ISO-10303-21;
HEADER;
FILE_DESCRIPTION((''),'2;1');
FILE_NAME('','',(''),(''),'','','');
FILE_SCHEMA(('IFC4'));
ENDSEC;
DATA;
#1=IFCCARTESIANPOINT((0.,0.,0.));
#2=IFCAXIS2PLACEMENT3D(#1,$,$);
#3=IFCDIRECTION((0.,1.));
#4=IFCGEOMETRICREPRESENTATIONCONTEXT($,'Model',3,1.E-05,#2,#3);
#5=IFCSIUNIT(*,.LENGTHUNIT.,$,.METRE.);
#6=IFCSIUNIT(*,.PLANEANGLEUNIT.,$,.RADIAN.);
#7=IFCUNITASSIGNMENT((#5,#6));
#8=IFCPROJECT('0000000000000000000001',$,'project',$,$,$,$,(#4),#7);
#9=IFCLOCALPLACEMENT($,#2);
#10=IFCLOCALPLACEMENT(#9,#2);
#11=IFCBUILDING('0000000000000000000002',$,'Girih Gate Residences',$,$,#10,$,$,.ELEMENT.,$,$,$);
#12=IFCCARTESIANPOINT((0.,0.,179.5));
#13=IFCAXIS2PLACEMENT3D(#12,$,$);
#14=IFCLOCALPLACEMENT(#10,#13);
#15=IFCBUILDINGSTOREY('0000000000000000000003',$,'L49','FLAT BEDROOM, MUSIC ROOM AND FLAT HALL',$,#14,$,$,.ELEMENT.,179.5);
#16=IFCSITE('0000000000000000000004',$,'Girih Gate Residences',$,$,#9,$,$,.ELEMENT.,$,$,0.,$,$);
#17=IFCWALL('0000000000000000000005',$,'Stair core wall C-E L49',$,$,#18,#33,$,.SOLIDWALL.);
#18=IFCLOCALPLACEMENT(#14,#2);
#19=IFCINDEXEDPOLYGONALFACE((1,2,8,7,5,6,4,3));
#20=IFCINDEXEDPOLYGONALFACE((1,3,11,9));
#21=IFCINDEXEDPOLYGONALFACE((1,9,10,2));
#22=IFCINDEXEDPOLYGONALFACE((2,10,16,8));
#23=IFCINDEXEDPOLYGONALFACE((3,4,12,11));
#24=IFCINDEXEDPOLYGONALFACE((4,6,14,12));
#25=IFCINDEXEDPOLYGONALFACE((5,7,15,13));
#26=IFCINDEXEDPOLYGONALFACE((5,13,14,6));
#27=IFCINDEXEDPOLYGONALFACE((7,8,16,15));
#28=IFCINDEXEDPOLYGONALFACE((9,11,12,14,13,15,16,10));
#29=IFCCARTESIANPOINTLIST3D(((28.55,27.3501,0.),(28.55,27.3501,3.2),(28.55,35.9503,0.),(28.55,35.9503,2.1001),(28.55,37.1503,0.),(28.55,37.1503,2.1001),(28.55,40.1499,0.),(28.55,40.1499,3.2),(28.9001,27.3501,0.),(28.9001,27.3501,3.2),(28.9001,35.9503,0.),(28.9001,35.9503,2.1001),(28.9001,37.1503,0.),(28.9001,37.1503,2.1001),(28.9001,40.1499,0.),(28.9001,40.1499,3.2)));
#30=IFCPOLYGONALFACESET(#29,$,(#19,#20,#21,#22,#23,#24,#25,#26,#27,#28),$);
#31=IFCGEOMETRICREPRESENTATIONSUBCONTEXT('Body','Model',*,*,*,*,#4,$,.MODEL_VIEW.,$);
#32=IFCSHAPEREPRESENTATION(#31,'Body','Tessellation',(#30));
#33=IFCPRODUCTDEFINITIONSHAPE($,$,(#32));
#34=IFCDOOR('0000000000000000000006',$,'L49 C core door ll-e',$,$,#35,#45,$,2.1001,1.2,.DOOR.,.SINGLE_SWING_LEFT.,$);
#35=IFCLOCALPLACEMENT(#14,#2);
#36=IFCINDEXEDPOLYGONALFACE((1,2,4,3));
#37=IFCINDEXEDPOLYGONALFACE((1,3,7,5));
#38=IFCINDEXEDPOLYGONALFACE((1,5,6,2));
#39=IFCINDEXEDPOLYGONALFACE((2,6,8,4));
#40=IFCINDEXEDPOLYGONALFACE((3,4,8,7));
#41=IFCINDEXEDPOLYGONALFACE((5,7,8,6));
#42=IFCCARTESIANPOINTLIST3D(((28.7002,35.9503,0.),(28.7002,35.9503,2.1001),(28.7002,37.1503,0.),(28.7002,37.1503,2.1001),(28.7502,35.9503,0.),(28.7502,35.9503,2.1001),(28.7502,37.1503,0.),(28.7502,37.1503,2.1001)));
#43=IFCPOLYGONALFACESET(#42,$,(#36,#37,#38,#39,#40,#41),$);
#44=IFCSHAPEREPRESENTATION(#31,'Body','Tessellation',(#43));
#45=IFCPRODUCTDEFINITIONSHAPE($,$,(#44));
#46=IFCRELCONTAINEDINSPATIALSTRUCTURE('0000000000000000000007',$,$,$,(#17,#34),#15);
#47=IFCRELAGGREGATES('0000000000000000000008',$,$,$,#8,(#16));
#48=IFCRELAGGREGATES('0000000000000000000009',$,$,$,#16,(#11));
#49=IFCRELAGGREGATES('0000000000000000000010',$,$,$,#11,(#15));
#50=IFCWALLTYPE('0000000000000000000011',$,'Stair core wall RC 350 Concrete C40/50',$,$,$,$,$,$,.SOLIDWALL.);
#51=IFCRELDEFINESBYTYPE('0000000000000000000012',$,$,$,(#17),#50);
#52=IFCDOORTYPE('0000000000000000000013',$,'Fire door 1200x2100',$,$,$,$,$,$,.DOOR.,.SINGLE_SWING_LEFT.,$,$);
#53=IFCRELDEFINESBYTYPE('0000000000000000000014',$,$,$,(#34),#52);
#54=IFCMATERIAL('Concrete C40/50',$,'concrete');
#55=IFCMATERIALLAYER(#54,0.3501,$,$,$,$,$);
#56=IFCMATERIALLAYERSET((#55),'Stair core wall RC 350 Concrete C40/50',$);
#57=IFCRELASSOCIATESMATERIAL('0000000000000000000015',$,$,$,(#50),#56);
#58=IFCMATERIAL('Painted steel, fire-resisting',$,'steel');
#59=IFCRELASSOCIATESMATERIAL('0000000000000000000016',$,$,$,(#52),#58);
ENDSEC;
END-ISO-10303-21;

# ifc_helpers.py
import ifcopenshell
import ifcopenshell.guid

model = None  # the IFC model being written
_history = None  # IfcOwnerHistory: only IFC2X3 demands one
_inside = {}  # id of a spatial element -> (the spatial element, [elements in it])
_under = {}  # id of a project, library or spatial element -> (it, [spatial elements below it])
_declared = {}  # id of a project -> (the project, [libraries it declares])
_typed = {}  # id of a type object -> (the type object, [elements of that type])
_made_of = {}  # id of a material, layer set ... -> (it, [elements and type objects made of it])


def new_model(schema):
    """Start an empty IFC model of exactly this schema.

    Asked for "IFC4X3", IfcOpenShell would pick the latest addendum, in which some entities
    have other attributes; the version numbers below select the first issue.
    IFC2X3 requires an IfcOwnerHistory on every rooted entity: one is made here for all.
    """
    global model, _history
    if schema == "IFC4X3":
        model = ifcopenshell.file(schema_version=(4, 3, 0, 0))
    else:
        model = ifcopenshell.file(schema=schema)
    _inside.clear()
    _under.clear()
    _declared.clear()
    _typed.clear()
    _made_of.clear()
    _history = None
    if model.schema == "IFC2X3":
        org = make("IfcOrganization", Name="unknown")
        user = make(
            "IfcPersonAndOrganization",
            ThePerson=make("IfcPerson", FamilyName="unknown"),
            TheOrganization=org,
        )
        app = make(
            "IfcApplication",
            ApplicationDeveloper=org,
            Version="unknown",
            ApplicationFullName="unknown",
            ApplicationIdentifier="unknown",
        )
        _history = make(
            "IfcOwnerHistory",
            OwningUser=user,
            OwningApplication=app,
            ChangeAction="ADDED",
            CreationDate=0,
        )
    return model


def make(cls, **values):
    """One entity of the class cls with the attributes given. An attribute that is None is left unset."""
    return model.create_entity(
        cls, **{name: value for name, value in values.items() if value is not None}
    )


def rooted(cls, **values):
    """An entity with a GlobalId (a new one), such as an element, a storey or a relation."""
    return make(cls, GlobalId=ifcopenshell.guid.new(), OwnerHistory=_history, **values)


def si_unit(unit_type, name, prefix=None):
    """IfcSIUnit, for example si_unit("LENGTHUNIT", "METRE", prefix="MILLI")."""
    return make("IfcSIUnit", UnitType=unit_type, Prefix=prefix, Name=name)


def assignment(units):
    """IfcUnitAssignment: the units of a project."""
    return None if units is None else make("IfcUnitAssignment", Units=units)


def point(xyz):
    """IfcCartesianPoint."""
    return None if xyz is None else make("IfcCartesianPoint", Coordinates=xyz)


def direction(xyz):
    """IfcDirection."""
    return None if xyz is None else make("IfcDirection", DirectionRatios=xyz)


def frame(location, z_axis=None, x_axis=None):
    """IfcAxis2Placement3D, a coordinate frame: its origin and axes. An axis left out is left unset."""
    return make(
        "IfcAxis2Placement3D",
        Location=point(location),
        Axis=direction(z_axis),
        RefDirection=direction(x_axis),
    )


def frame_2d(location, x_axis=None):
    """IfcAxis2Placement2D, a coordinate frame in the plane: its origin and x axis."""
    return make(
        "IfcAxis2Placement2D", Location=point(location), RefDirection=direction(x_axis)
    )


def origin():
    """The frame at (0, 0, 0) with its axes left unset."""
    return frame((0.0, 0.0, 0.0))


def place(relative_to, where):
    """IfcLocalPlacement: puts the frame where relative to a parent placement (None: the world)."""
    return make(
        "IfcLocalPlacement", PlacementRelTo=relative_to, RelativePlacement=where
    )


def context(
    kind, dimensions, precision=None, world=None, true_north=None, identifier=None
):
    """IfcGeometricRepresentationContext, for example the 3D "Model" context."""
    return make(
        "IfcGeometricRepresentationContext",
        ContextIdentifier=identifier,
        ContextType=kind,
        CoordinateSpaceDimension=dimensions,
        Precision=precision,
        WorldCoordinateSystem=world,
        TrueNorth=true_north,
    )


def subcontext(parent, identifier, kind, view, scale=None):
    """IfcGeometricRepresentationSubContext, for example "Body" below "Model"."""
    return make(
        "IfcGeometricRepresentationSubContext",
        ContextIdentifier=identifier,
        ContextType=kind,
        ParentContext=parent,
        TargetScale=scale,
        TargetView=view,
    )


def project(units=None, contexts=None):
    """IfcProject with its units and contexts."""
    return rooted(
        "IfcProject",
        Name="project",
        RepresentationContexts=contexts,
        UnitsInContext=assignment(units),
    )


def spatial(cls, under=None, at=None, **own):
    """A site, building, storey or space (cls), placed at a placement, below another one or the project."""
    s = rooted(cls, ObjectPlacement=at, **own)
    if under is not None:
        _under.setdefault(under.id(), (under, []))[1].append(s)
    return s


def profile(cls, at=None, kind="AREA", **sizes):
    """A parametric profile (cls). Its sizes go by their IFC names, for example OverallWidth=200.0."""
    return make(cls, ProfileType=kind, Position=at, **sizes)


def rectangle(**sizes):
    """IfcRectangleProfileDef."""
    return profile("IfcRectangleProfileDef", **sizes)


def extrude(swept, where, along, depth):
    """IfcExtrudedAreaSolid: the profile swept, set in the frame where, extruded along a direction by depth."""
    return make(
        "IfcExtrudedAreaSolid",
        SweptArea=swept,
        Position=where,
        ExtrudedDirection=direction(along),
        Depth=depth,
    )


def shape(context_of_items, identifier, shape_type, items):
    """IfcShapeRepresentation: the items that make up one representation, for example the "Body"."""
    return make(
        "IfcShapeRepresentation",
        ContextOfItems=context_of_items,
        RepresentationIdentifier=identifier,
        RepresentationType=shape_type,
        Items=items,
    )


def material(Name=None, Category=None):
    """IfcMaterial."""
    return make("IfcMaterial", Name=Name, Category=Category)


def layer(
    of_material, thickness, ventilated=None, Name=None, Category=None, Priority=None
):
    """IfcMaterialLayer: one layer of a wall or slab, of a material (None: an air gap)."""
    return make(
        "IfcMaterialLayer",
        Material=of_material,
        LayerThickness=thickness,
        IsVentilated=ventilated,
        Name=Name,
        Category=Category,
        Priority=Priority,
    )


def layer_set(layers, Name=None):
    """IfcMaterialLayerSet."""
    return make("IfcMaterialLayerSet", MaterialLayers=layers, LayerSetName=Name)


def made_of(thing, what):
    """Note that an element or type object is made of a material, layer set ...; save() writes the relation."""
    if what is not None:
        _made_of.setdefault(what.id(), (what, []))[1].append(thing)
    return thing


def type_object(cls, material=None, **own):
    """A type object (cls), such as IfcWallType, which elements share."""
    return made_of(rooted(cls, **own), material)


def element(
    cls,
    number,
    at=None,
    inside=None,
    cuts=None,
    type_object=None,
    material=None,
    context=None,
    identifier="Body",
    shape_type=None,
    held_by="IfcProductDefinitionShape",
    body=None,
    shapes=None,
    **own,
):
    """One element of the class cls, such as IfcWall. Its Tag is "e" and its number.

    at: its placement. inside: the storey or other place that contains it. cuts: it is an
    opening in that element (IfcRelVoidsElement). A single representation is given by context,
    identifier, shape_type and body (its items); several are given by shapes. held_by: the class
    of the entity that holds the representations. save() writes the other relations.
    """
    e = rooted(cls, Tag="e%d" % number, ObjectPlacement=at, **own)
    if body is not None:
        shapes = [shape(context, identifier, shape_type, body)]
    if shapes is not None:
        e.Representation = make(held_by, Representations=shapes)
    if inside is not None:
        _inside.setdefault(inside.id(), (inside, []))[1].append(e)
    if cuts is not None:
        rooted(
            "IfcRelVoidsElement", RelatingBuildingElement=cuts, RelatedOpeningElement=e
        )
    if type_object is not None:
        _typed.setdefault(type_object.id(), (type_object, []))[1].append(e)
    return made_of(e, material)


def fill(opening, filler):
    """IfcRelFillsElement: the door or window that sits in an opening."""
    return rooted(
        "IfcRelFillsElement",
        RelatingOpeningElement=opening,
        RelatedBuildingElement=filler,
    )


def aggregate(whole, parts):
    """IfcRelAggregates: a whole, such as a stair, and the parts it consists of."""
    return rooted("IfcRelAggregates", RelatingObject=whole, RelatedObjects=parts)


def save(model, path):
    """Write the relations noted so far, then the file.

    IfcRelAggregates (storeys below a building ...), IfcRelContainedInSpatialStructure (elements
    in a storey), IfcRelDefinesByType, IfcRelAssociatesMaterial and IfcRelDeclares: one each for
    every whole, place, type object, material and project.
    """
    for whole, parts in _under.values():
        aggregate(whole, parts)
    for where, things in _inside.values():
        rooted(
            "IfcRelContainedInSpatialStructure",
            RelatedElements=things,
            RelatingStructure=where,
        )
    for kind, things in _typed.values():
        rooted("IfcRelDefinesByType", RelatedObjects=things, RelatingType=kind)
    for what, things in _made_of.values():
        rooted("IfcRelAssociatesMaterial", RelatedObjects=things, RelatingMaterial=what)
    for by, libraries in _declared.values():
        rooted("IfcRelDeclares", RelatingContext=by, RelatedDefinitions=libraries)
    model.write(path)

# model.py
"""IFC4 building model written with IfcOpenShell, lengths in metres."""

from ifc_helpers import new_model, si_unit, direction, frame, frame_2d, origin, place, context, subcontext, project, spatial, rectangle, extrude, material, layer, layer_set, type_object, element, fill, save


model = new_model("IFC4")

# Units and contexts
model_context = context("Model", 3, precision=1e-05, world=origin(), true_north=direction((0.0, 1.0)))
body_context = subcontext(model_context, "Body", "Model", "MODEL_VIEW")
ifc_project = project(units=[si_unit("LENGTHUNIT", "METRE"), si_unit("PLANEANGLEUNIT", "RADIAN")], contexts=[model_context])

# Site, building, storey
site_placement = place(None, origin())
site = spatial("IfcSite", under=ifc_project, at=site_placement, Name="Girih Gate Residences", CompositionType="ELEMENT", RefElevation=0.0)
building_placement = place(site_placement, origin())
building = spatial("IfcBuilding", under=site, at=building_placement, Name="Girih Gate Residences", CompositionType="ELEMENT")
storey_placement = place(building_placement, frame((0.0, 0.0, 179.5)))
storey = spatial("IfcBuildingStorey", under=building, at=storey_placement, Name="L49", Description="FLAT BEDROOM, MUSIC ROOM AND FLAT HALL", CompositionType="ELEMENT", Elevation=179.5)

# Wall, opening, door
ifc_material_1 = material(Name="Concrete C40/50", Category="concrete")
ifc_layer_1 = layer(ifc_material_1, 0.3501)
ifc_layer_set_1 = layer_set([ifc_layer_1], Name="Stair core wall RC 350 Concrete C40/50")
wall_type_1 = type_object("IfcWallType", Name="Stair core wall RC 350 Concrete C40/50", PredefinedType="SOLIDWALL", material=ifc_layer_set_1)
ifc_material_2 = material(Name="Painted steel, fire-resisting", Category="steel")
door_type_1 = type_object("IfcDoorType", Name="Fire door 1200x2100", OperationType="SINGLE_SWING_LEFT", PredefinedType="DOOR", material=ifc_material_2)
wall_1_placement = place(storey_placement, frame((28.7251, 27.3501, 0.0), z_axis=(0.0, 0.0, 1.0), x_axis=(0.0, 1.0, 0.0)))
wall_1 = element("IfcWall", 1, at=wall_1_placement, inside=storey, type_object=wall_type_1, Name="Stair core wall C-E L49", PredefinedType="SOLIDWALL", context=body_context, shape_type="SweptSolid", body=[
    extrude(rectangle(XDim=12.7998, YDim=0.3501, at=frame_2d((6.3999, 0.0))), origin(), (0.0, 0.0, 1.0), 3.2),
])
opening_1_placement = place(wall_1_placement, frame((8.6001, 0.0, 0.0)))
opening_1 = element("IfcOpeningElement", 2, at=opening_1_placement, cuts=wall_1, PredefinedType="OPENING", context=body_context, shape_type="SweptSolid", body=[
    extrude(rectangle(XDim=1.2, YDim=2.1001, at=frame_2d((0.6001, 1.05))), frame((0.0, 0.1851, 0.0), z_axis=(0.0, -1.0, 0.0), x_axis=(1.0, 0.0, 0.0)), (0.0, 0.0, 1.0), 0.3701),
])
door_1_placement = place(opening_1_placement, origin())
door_1 = element("IfcDoor", 3, at=door_1_placement, inside=storey, type_object=door_type_1, Name="L49 C core door ll-e", OperationType="SINGLE_SWING_LEFT", OverallHeight=2.1001, OverallWidth=1.2, PredefinedType="DOOR", context=body_context, shape_type="SweptSolid", body=[
    extrude(rectangle(XDim=1.2, YDim=2.1001, at=frame_2d((0.6001, 1.05))), frame((0.0, 0.0249, 0.0), z_axis=(0.0, -1.0, 0.0), x_axis=(1.0, 0.0, 0.0)), (0.0, 0.0, 1.0), 0.05),
])
fill(opening_1, door_1)

save(model, "model.ifc")
